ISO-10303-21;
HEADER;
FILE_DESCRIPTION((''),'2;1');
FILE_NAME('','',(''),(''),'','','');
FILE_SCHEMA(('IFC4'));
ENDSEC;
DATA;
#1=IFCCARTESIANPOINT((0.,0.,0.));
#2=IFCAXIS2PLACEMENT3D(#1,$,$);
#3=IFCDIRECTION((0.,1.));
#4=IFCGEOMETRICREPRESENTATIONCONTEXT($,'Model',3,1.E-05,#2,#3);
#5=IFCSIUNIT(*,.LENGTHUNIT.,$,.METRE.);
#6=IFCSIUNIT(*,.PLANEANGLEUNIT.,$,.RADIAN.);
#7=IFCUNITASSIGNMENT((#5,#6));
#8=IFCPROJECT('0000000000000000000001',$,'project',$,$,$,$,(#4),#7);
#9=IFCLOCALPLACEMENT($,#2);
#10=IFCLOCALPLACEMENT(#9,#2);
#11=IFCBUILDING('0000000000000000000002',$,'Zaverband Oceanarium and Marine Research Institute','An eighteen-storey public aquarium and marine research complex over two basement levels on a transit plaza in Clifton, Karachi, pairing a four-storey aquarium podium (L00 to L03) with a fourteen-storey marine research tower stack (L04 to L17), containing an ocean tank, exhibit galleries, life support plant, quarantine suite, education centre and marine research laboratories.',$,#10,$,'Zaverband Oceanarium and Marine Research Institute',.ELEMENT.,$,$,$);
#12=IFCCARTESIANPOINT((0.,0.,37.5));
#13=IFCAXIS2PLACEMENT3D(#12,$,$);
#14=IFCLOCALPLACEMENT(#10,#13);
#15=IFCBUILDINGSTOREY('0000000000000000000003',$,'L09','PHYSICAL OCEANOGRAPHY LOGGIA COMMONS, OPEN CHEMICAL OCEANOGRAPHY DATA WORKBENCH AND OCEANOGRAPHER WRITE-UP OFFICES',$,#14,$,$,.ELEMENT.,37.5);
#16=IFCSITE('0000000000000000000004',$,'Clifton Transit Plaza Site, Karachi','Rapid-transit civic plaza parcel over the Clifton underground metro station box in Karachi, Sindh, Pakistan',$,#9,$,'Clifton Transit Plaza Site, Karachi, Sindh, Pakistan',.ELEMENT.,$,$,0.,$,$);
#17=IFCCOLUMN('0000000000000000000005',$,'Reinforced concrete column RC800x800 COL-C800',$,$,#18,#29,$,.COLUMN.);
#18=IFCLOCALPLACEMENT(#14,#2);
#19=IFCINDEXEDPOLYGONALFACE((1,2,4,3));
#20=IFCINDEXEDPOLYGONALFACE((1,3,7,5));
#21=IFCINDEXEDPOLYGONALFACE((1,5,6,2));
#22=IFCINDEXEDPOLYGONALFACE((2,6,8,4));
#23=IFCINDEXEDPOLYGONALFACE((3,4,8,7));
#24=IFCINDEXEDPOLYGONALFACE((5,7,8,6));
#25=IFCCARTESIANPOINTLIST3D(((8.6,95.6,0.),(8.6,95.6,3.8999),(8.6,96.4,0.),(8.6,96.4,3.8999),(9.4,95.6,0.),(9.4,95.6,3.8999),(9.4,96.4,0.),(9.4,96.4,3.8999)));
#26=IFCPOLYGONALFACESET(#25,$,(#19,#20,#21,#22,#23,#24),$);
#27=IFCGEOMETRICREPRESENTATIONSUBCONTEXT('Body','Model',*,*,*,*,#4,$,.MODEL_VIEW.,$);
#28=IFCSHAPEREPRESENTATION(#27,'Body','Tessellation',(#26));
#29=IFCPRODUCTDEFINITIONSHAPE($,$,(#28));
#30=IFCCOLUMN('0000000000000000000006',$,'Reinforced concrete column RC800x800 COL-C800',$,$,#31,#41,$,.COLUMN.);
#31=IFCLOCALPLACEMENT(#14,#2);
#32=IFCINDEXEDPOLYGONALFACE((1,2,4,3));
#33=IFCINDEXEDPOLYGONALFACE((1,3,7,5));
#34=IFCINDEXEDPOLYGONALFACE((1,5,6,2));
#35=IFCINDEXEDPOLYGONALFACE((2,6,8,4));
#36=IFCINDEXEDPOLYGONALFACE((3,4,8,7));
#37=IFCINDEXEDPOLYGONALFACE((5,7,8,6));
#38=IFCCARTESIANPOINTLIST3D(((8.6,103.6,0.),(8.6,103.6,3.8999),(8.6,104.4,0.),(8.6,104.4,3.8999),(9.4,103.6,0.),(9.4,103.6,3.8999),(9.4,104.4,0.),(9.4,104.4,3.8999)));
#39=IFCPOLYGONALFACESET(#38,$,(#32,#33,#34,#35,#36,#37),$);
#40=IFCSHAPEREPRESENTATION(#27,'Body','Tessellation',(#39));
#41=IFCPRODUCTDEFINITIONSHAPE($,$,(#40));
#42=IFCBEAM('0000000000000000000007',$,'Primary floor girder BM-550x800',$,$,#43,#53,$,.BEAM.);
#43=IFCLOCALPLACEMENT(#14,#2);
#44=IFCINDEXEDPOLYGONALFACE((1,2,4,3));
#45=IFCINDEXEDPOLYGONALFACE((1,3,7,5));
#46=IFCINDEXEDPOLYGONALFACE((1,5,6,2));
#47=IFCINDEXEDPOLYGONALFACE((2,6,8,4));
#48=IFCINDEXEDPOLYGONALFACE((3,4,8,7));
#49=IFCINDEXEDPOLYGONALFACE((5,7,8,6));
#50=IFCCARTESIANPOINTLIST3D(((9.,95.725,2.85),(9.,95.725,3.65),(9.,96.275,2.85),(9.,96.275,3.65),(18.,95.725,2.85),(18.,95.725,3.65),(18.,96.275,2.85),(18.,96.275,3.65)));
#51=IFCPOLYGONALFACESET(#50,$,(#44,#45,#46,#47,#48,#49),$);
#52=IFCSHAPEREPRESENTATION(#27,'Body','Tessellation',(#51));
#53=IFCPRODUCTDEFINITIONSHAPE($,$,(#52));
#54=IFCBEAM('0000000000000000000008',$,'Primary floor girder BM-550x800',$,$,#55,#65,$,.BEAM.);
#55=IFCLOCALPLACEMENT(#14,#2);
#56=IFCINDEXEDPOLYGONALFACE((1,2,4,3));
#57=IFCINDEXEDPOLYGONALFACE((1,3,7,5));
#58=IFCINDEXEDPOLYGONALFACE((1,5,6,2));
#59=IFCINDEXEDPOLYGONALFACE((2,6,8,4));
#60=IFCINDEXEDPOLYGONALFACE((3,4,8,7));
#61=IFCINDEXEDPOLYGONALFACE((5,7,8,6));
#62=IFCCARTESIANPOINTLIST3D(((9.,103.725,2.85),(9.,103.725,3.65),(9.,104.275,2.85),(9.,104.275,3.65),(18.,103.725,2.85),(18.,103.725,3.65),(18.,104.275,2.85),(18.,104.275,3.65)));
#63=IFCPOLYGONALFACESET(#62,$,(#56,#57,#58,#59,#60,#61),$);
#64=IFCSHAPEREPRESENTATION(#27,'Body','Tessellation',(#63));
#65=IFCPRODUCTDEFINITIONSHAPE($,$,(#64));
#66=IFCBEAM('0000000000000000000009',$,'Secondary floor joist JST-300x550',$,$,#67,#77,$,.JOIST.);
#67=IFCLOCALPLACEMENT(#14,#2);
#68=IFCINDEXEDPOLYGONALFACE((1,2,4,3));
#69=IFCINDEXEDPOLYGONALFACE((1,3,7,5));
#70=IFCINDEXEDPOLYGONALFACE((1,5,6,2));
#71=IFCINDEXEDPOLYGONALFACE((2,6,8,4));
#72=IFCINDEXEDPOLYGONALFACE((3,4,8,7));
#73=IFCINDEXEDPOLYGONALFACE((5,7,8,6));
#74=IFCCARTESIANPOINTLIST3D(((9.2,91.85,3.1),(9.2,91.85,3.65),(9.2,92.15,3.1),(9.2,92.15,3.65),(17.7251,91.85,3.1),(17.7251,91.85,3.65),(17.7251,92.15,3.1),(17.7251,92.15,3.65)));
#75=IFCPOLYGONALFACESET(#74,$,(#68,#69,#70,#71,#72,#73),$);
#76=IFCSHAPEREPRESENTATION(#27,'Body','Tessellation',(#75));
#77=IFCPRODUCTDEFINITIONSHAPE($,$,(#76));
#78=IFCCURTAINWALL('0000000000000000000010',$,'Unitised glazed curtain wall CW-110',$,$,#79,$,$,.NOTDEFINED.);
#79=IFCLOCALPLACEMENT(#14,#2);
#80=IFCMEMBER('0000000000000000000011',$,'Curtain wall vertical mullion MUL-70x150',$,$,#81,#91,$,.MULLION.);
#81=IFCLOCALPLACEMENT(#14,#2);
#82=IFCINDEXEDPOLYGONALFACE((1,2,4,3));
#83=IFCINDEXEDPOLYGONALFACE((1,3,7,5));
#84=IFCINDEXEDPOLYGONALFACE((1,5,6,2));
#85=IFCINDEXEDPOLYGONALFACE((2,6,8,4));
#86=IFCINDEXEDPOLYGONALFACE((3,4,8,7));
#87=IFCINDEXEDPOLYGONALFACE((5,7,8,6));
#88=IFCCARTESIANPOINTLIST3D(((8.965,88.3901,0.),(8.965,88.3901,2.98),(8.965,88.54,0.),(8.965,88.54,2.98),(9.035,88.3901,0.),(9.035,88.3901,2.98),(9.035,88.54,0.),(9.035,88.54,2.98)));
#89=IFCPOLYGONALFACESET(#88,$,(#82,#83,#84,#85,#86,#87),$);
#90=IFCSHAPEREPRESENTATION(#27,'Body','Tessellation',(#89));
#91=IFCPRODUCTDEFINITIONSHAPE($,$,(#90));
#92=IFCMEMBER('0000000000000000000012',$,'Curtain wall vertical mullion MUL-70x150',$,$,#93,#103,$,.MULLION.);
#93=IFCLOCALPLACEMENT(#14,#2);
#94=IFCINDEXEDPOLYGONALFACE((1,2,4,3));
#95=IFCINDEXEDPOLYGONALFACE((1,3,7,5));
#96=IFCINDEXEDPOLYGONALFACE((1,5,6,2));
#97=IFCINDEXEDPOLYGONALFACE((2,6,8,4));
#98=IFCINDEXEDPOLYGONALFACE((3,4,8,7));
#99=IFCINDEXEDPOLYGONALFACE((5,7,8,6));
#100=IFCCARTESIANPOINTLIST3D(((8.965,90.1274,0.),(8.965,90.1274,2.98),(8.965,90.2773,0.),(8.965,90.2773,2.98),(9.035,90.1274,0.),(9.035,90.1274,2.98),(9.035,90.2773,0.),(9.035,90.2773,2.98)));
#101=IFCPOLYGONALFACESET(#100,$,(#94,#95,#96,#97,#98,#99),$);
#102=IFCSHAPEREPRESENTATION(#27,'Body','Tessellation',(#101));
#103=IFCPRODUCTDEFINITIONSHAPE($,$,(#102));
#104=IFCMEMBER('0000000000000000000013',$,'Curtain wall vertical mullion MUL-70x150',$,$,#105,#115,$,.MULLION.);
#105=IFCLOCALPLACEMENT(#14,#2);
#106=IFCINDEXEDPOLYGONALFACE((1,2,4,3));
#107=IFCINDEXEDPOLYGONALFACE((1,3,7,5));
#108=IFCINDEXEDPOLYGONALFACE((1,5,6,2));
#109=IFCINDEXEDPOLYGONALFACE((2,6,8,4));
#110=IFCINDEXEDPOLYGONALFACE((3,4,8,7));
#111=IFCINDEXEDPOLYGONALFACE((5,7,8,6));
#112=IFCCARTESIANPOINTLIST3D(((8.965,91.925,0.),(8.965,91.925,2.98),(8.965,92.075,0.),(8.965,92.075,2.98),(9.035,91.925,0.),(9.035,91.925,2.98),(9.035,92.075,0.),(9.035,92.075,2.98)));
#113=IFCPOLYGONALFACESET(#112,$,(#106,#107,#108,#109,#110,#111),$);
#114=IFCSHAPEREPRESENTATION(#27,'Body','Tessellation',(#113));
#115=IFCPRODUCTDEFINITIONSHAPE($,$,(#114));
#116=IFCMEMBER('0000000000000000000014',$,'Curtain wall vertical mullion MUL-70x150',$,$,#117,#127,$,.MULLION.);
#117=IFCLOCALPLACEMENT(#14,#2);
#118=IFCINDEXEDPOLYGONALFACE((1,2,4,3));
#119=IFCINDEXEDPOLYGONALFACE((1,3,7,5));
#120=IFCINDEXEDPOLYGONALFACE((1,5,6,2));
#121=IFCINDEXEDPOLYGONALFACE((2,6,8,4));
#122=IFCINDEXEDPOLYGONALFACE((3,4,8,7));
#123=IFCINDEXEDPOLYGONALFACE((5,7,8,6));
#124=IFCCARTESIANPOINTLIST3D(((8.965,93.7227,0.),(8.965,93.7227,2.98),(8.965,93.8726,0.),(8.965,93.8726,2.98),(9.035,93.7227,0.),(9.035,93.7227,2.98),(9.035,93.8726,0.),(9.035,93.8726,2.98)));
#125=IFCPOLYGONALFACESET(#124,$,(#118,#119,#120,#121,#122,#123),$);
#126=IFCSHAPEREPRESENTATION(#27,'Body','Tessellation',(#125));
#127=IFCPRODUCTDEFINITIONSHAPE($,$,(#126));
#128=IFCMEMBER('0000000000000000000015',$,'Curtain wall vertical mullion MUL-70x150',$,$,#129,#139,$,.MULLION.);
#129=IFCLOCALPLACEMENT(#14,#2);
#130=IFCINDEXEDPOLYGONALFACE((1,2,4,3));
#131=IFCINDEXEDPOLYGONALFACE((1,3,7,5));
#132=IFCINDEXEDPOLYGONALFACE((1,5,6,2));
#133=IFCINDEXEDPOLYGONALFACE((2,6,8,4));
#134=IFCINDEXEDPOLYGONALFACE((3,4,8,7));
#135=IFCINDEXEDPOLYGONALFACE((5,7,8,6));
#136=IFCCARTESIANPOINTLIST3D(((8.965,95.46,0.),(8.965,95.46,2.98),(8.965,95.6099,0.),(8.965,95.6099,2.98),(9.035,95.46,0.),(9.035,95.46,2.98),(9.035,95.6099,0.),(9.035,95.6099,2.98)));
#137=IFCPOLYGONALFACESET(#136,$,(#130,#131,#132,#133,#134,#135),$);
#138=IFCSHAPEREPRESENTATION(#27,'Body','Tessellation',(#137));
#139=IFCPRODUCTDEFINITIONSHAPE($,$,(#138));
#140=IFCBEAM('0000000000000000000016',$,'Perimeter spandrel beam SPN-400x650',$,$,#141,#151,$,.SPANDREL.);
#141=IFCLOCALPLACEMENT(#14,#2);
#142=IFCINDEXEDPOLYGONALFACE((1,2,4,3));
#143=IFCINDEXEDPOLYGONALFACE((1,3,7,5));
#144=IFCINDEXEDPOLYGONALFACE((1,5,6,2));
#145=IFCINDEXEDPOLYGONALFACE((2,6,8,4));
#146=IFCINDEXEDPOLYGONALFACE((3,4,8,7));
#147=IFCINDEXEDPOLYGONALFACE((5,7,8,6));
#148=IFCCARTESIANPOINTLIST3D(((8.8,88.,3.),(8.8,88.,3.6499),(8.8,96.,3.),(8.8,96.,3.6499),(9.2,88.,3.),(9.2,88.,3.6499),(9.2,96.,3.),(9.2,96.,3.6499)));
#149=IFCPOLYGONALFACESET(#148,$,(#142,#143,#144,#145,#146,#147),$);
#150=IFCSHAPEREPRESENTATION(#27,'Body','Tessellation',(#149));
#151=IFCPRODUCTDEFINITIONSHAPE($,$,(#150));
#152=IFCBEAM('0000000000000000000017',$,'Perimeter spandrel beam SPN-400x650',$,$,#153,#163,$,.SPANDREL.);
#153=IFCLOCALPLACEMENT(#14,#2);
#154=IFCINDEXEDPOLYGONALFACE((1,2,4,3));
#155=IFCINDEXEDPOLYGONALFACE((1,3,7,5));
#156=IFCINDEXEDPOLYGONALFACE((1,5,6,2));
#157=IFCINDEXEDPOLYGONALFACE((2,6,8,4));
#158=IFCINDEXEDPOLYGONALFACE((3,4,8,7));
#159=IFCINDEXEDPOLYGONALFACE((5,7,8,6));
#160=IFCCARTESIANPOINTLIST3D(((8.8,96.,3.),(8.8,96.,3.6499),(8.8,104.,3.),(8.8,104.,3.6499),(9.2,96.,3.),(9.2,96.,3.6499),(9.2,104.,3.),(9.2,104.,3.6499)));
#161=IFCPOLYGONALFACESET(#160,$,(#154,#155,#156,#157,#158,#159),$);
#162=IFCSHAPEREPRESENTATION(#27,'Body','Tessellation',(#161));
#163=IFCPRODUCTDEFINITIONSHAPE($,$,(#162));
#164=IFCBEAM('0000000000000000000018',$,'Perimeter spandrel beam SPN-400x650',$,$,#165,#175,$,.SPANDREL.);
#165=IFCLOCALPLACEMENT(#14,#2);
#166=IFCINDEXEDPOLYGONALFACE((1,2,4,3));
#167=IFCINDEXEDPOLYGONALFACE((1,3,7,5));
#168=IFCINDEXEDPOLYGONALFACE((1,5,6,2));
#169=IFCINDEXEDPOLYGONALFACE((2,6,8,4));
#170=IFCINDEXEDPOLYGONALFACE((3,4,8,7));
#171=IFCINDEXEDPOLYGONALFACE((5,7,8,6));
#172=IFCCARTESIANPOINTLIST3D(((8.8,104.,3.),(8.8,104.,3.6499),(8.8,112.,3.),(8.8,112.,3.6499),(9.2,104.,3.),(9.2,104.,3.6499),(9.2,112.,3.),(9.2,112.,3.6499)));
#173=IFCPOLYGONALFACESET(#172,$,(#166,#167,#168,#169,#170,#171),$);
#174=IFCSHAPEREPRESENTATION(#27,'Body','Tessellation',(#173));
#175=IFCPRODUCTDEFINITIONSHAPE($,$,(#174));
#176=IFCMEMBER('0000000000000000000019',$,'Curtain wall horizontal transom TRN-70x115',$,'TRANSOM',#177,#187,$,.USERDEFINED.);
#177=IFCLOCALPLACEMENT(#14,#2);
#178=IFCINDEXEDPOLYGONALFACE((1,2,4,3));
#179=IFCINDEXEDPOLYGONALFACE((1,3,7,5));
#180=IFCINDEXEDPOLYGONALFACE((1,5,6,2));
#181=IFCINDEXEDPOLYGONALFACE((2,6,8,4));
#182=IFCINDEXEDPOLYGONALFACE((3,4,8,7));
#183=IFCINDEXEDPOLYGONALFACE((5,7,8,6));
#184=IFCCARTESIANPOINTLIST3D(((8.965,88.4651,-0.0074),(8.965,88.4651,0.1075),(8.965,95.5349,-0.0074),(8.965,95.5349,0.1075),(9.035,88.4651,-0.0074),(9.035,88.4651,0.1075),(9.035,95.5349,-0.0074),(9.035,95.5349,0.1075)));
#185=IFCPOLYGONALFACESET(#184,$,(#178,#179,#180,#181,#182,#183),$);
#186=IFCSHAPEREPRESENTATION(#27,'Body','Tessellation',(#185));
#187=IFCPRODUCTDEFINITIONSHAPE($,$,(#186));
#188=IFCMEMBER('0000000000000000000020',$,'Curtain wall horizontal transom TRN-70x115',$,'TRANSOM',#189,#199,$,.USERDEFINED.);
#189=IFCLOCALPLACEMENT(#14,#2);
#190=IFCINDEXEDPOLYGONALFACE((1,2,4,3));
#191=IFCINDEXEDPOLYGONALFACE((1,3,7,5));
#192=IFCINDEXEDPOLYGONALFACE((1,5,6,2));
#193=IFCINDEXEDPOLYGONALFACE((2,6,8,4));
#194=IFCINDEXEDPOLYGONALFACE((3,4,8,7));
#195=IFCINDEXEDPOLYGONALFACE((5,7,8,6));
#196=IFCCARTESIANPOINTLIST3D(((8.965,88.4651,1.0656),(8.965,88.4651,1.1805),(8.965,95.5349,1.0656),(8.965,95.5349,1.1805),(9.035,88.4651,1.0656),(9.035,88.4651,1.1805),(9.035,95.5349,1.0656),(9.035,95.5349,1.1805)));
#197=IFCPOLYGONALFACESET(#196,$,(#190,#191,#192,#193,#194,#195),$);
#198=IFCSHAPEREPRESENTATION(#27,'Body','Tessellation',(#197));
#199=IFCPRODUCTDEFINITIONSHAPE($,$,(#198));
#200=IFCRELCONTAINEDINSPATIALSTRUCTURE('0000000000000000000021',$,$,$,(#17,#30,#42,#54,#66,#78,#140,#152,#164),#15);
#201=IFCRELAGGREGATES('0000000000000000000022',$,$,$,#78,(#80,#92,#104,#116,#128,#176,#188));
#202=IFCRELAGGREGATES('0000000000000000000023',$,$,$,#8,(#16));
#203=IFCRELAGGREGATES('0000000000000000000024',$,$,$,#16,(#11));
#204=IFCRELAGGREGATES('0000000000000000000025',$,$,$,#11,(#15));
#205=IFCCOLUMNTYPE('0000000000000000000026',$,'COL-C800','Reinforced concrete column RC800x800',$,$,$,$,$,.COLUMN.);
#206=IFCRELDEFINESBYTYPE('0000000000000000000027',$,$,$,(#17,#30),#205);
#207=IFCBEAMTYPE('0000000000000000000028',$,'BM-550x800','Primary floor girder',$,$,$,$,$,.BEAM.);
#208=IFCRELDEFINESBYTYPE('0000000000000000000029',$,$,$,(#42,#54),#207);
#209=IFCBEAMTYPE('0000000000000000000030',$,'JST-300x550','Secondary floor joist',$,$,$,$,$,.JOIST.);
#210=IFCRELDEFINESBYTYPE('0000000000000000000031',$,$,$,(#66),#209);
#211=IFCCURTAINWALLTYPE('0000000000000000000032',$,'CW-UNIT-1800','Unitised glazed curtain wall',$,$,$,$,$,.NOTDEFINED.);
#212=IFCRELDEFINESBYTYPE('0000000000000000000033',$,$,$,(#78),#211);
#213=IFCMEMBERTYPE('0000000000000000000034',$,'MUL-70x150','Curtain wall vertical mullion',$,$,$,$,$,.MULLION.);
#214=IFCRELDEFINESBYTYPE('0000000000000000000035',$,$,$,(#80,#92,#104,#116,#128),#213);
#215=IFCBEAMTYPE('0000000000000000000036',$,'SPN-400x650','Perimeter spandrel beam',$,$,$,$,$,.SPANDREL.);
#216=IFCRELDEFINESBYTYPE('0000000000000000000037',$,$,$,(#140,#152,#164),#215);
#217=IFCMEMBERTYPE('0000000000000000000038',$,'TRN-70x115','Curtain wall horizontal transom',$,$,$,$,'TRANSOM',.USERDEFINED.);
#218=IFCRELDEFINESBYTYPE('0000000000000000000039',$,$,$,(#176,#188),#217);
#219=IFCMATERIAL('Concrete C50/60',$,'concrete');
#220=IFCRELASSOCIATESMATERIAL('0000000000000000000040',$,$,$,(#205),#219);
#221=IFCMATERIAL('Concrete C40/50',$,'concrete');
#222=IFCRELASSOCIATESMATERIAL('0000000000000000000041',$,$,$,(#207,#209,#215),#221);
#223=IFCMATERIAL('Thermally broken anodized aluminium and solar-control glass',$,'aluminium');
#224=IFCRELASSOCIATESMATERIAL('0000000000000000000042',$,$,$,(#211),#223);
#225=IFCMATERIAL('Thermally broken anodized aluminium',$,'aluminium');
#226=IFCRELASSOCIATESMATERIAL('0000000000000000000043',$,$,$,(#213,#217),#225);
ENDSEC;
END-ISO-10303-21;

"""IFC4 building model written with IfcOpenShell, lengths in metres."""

from ifc_helpers import new_model, si_unit, direction, frame, origin, origin_2d, place, context, subcontext, project, spatial, rectangle, extrude, material, material_profile, profile_set, type_object, element, aggregate, save


model = new_model("IFC4")

# Units and contexts
model_context = context("Model", 3, precision=1e-05, world=origin(), true_north=direction((0.0, 1.0)))
body_context = subcontext(model_context, "Body", "Model", "MODEL_VIEW")
ifc_project = project(units=[si_unit("LENGTHUNIT", "METRE"), si_unit("PLANEANGLEUNIT", "RADIAN")], contexts=[model_context])

# Site, building, storey
site_placement = place(None, origin())
site = spatial("IfcSite", under=ifc_project, at=site_placement, Name="Clifton Transit Plaza Site, Karachi", Description="Rapid-transit civic plaza parcel over the Clifton underground metro station box in Karachi, Sindh, Pakistan", LongName="Clifton Transit Plaza Site, Karachi, Sindh, Pakistan", CompositionType="ELEMENT", RefElevation=0.0)
building_placement = place(site_placement, origin())
building = spatial("IfcBuilding", under=site, at=building_placement, Name="Zaverband Oceanarium and Marine Research Institute", Description="An eighteen-storey public aquarium and marine research complex over two basement levels on a transit plaza in Clifton, Karachi, pairing a four-storey aquarium podium (L00 to L03) with a fourteen-storey marine research tower stack (L04 to L17), containing an ocean tank, exhibit galleries, life support plant, quarantine suite, education centre and marine research laboratories.", LongName="Zaverband Oceanarium and Marine Research Institute", CompositionType="ELEMENT")
storey_placement = place(building_placement, frame((0.0, 0.0, 37.5)))
storey = spatial("IfcBuildingStorey", under=building, at=storey_placement, Name="L09", Description="PHYSICAL OCEANOGRAPHY LOGGIA COMMONS, OPEN CHEMICAL OCEANOGRAPHY DATA WORKBENCH AND OCEANOGRAPHER WRITE-UP OFFICES", CompositionType="ELEMENT", Elevation=37.5)

# Columns
ifc_material_1 = material(Name="Concrete C50/60", Category="concrete")
ifc_material_profile_1 = material_profile(ifc_material_1, rectangle(XDim=0.8, YDim=0.8, at=origin_2d()), Name="RC800x800")
ifc_profile_set_1 = profile_set([ifc_material_profile_1], Name="Concrete C50/60")
column_type = type_object("IfcColumnType", Name="COL-C800", Description="Reinforced concrete column RC800x800", PredefinedType="COLUMN", material=ifc_profile_set_1)
for number, where, z_axis, x_axis, name in (
    (1, (9.0, 96.0, 0.0), (0.0, 0.0, 1.0), (1.0, 0.0, 0.0), "Reinforced concrete column RC800x800 COL-C800"),
    (2, (9.0, 104.0, 0.0), (0.0, 0.0, 1.0), (1.0, 0.0, 0.0), "Reinforced concrete column RC800x800 COL-C800"),
):
    element("IfcColumn", number, at=place(storey_placement, frame(where, z_axis=z_axis, x_axis=x_axis)), inside=storey, type_object=column_type, Name=name, PredefinedType="COLUMN", context=body_context, shape_type="SweptSolid", body=[
        extrude(rectangle(XDim=0.8, YDim=0.8, at=origin_2d()), origin(), (0.0, 0.0, 1.0), 3.8999),
    ])

# Beams
ifc_material_2 = material(Name="Concrete C40/50", Category="concrete")
ifc_material_profile_2 = material_profile(ifc_material_2, rectangle(XDim=0.55, YDim=0.8, at=origin_2d()), Name="RC550x800")
ifc_profile_set_2 = profile_set([ifc_material_profile_2], Name="Concrete C40/50")
beam_type_1 = type_object("IfcBeamType", Name="BM-550x800", Description="Primary floor girder", PredefinedType="BEAM", material=ifc_profile_set_2)
for number, where, z_axis, x_axis, name in (
    (3, (9.0, 96.0, 3.25), (1.0, 0.0, 0.0), (0.0, 1.0, 0.0), "Primary floor girder BM-550x800"),
    (4, (9.0, 104.0, 3.25), (1.0, 0.0, 0.0), (0.0, 1.0, 0.0), "Primary floor girder BM-550x800"),
):
    element("IfcBeam", number, at=place(storey_placement, frame(where, z_axis=z_axis, x_axis=x_axis)), inside=storey, type_object=beam_type_1, Name=name, PredefinedType="BEAM", context=body_context, shape_type="SweptSolid", body=[
        extrude(rectangle(XDim=0.55, YDim=0.8, at=origin_2d()), origin(), (0.0, 0.0, 1.0), 9.0),
    ])
ifc_material_profile_3 = material_profile(ifc_material_2, rectangle(XDim=0.3, YDim=0.55, at=origin_2d()), Name="RC300x550")
ifc_profile_set_3 = profile_set([ifc_material_profile_3], Name="Concrete C40/50")
beam_type_2 = type_object("IfcBeamType", Name="JST-300x550", Description="Secondary floor joist", PredefinedType="JOIST", material=ifc_profile_set_3)
beam_placement = place(storey_placement, frame((9.2, 92.0, 3.375), z_axis=(1.0, 0.0, 0.0), x_axis=(0.0, 1.0, 0.0)))
element("IfcBeam", 5, at=beam_placement, inside=storey, type_object=beam_type_2, Name="Secondary floor joist JST-300x550", PredefinedType="JOIST", context=body_context, shape_type="SweptSolid", body=[
    extrude(rectangle(XDim=0.3, YDim=0.55, at=origin_2d()), origin(), (0.0, 0.0, 1.0), 8.5251),
])

# Curtain wall, members
ifc_material_3 = material(Name="Thermally broken anodized aluminium and solar-control glass", Category="aluminium")
curtain_wall_type = type_object("IfcCurtainWallType", Name="CW-UNIT-1800", Description="Unitised glazed curtain wall", PredefinedType="NOTDEFINED", material=ifc_material_3)
curtain_wall_placement = place(storey_placement, origin())
curtain_wall = element("IfcCurtainWall", 6, at=curtain_wall_placement, inside=storey, type_object=curtain_wall_type, Name="Unitised glazed curtain wall CW-110", PredefinedType="NOTDEFINED")
ifc_material_4 = material(Name="Thermally broken anodized aluminium", Category="aluminium")
ifc_material_profile_4 = material_profile(ifc_material_4, rectangle(XDim=0.0701, YDim=0.1499, at=origin_2d()), Name="AL-MUL-70x150")
ifc_profile_set_4 = profile_set([ifc_material_profile_4], Name="Thermally broken anodized aluminium")
member_type_1 = type_object("IfcMemberType", Name="MUL-70x150", Description="Curtain wall vertical mullion", PredefinedType="MULLION", material=ifc_profile_set_4)
member_1_placement = place(storey_placement, frame((9.0, 88.4651, 0.0), z_axis=(0.0, 0.0, 1.0), x_axis=(1.0, 0.0, 0.0)))
member_1 = element("IfcMember", 7, at=member_1_placement, type_object=member_type_1, Name="Curtain wall vertical mullion MUL-70x150", PredefinedType="MULLION", context=body_context, shape_type="SweptSolid", body=[
    extrude(rectangle(XDim=0.0701, YDim=0.1499, at=origin_2d()), origin(), (0.0, 0.0, 1.0), 2.98),
])
member_2_placement = place(storey_placement, frame((9.0, 90.2024, 0.0), z_axis=(0.0, 0.0, 1.0), x_axis=(1.0, 0.0, 0.0)))
member_2 = element("IfcMember", 8, at=member_2_placement, type_object=member_type_1, Name="Curtain wall vertical mullion MUL-70x150", PredefinedType="MULLION", context=body_context, shape_type="SweptSolid", body=[
    extrude(rectangle(XDim=0.0701, YDim=0.1499, at=origin_2d()), origin(), (0.0, 0.0, 1.0), 2.98),
])
member_3_placement = place(storey_placement, frame((9.0, 92.0, 0.0), z_axis=(0.0, 0.0, 1.0), x_axis=(1.0, 0.0, 0.0)))
member_3 = element("IfcMember", 9, at=member_3_placement, type_object=member_type_1, Name="Curtain wall vertical mullion MUL-70x150", PredefinedType="MULLION", context=body_context, shape_type="SweptSolid", body=[
    extrude(rectangle(XDim=0.0701, YDim=0.1499, at=origin_2d()), origin(), (0.0, 0.0, 1.0), 2.98),
])
member_4_placement = place(storey_placement, frame((9.0, 93.7976, 0.0), z_axis=(0.0, 0.0, 1.0), x_axis=(1.0, 0.0, 0.0)))
member_4 = element("IfcMember", 10, at=member_4_placement, type_object=member_type_1, Name="Curtain wall vertical mullion MUL-70x150", PredefinedType="MULLION", context=body_context, shape_type="SweptSolid", body=[
    extrude(rectangle(XDim=0.0701, YDim=0.1499, at=origin_2d()), origin(), (0.0, 0.0, 1.0), 2.98),
])
member_5_placement = place(storey_placement, frame((9.0, 95.5349, 0.0), z_axis=(0.0, 0.0, 1.0), x_axis=(1.0, 0.0, 0.0)))
member_5 = element("IfcMember", 11, at=member_5_placement, type_object=member_type_1, Name="Curtain wall vertical mullion MUL-70x150", PredefinedType="MULLION", context=body_context, shape_type="SweptSolid", body=[
    extrude(rectangle(XDim=0.0701, YDim=0.1499, at=origin_2d()), origin(), (0.0, 0.0, 1.0), 2.98),
])

# Beams
ifc_material_profile_5 = material_profile(ifc_material_2, rectangle(XDim=0.3999, YDim=0.6499, at=origin_2d()), Name="RC400x650")
ifc_profile_set_5 = profile_set([ifc_material_profile_5], Name="Concrete C40/50")
beam_type_3 = type_object("IfcBeamType", Name="SPN-400x650", Description="Perimeter spandrel beam", PredefinedType="SPANDREL", material=ifc_profile_set_5)
for number, where, z_axis, x_axis, name in (
    (12, (9.0, 88.0, 3.325), (0.0, 1.0, 0.0), (-1.0, 0.0, 0.0), "Perimeter spandrel beam SPN-400x650"),
    (13, (9.0, 96.0, 3.325), (0.0, 1.0, 0.0), (-1.0, 0.0, 0.0), "Perimeter spandrel beam SPN-400x650"),
    (14, (9.0, 104.0, 3.325), (0.0, 1.0, 0.0), (-1.0, 0.0, 0.0), "Perimeter spandrel beam SPN-400x650"),
):
    element("IfcBeam", number, at=place(storey_placement, frame(where, z_axis=z_axis, x_axis=x_axis)), inside=storey, type_object=beam_type_3, Name=name, PredefinedType="SPANDREL", context=body_context, shape_type="SweptSolid", body=[
        extrude(rectangle(XDim=0.3999, YDim=0.6499, at=origin_2d()), origin(), (0.0, 0.0, 1.0), 8.0),
    ])

# Members
ifc_material_profile_6 = material_profile(ifc_material_4, rectangle(XDim=0.0701, YDim=0.115, at=origin_2d()), Name="AL-TRN-70x115")
ifc_profile_set_6 = profile_set([ifc_material_profile_6], Name="Thermally broken anodized aluminium")
member_type_2 = type_object("IfcMemberType", Name="TRN-70x115", Description="Curtain wall horizontal transom", ElementType="TRANSOM", PredefinedType="USERDEFINED", material=ifc_profile_set_6)
member_6_placement = place(storey_placement, frame((9.0, 88.4651, 0.05), z_axis=(0.0, 1.0, 0.0), x_axis=(-1.0, 0.0, 0.0)))
member_6 = element("IfcMember", 15, at=member_6_placement, type_object=member_type_2, Name="Curtain wall horizontal transom TRN-70x115", ObjectType="TRANSOM", PredefinedType="USERDEFINED", context=body_context, shape_type="SweptSolid", body=[
    extrude(rectangle(XDim=0.0701, YDim=0.115, at=origin_2d()), origin(), (0.0, 0.0, 1.0), 7.0698),
])
member_7_placement = place(storey_placement, frame((9.0, 88.4651, 1.123), z_axis=(0.0, 1.0, 0.0), x_axis=(-1.0, 0.0, 0.0)))
member_7 = element("IfcMember", 16, at=member_7_placement, type_object=member_type_2, Name="Curtain wall horizontal transom TRN-70x115", ObjectType="TRANSOM", PredefinedType="USERDEFINED", context=body_context, shape_type="SweptSolid", body=[
    extrude(rectangle(XDim=0.0701, YDim=0.115, at=origin_2d()), origin(), (0.0, 0.0, 1.0), 7.0698),
])

aggregate(curtain_wall, [member_1, member_2, member_3, member_4, member_5, member_6, member_7])

save(model, "model.ifc")
